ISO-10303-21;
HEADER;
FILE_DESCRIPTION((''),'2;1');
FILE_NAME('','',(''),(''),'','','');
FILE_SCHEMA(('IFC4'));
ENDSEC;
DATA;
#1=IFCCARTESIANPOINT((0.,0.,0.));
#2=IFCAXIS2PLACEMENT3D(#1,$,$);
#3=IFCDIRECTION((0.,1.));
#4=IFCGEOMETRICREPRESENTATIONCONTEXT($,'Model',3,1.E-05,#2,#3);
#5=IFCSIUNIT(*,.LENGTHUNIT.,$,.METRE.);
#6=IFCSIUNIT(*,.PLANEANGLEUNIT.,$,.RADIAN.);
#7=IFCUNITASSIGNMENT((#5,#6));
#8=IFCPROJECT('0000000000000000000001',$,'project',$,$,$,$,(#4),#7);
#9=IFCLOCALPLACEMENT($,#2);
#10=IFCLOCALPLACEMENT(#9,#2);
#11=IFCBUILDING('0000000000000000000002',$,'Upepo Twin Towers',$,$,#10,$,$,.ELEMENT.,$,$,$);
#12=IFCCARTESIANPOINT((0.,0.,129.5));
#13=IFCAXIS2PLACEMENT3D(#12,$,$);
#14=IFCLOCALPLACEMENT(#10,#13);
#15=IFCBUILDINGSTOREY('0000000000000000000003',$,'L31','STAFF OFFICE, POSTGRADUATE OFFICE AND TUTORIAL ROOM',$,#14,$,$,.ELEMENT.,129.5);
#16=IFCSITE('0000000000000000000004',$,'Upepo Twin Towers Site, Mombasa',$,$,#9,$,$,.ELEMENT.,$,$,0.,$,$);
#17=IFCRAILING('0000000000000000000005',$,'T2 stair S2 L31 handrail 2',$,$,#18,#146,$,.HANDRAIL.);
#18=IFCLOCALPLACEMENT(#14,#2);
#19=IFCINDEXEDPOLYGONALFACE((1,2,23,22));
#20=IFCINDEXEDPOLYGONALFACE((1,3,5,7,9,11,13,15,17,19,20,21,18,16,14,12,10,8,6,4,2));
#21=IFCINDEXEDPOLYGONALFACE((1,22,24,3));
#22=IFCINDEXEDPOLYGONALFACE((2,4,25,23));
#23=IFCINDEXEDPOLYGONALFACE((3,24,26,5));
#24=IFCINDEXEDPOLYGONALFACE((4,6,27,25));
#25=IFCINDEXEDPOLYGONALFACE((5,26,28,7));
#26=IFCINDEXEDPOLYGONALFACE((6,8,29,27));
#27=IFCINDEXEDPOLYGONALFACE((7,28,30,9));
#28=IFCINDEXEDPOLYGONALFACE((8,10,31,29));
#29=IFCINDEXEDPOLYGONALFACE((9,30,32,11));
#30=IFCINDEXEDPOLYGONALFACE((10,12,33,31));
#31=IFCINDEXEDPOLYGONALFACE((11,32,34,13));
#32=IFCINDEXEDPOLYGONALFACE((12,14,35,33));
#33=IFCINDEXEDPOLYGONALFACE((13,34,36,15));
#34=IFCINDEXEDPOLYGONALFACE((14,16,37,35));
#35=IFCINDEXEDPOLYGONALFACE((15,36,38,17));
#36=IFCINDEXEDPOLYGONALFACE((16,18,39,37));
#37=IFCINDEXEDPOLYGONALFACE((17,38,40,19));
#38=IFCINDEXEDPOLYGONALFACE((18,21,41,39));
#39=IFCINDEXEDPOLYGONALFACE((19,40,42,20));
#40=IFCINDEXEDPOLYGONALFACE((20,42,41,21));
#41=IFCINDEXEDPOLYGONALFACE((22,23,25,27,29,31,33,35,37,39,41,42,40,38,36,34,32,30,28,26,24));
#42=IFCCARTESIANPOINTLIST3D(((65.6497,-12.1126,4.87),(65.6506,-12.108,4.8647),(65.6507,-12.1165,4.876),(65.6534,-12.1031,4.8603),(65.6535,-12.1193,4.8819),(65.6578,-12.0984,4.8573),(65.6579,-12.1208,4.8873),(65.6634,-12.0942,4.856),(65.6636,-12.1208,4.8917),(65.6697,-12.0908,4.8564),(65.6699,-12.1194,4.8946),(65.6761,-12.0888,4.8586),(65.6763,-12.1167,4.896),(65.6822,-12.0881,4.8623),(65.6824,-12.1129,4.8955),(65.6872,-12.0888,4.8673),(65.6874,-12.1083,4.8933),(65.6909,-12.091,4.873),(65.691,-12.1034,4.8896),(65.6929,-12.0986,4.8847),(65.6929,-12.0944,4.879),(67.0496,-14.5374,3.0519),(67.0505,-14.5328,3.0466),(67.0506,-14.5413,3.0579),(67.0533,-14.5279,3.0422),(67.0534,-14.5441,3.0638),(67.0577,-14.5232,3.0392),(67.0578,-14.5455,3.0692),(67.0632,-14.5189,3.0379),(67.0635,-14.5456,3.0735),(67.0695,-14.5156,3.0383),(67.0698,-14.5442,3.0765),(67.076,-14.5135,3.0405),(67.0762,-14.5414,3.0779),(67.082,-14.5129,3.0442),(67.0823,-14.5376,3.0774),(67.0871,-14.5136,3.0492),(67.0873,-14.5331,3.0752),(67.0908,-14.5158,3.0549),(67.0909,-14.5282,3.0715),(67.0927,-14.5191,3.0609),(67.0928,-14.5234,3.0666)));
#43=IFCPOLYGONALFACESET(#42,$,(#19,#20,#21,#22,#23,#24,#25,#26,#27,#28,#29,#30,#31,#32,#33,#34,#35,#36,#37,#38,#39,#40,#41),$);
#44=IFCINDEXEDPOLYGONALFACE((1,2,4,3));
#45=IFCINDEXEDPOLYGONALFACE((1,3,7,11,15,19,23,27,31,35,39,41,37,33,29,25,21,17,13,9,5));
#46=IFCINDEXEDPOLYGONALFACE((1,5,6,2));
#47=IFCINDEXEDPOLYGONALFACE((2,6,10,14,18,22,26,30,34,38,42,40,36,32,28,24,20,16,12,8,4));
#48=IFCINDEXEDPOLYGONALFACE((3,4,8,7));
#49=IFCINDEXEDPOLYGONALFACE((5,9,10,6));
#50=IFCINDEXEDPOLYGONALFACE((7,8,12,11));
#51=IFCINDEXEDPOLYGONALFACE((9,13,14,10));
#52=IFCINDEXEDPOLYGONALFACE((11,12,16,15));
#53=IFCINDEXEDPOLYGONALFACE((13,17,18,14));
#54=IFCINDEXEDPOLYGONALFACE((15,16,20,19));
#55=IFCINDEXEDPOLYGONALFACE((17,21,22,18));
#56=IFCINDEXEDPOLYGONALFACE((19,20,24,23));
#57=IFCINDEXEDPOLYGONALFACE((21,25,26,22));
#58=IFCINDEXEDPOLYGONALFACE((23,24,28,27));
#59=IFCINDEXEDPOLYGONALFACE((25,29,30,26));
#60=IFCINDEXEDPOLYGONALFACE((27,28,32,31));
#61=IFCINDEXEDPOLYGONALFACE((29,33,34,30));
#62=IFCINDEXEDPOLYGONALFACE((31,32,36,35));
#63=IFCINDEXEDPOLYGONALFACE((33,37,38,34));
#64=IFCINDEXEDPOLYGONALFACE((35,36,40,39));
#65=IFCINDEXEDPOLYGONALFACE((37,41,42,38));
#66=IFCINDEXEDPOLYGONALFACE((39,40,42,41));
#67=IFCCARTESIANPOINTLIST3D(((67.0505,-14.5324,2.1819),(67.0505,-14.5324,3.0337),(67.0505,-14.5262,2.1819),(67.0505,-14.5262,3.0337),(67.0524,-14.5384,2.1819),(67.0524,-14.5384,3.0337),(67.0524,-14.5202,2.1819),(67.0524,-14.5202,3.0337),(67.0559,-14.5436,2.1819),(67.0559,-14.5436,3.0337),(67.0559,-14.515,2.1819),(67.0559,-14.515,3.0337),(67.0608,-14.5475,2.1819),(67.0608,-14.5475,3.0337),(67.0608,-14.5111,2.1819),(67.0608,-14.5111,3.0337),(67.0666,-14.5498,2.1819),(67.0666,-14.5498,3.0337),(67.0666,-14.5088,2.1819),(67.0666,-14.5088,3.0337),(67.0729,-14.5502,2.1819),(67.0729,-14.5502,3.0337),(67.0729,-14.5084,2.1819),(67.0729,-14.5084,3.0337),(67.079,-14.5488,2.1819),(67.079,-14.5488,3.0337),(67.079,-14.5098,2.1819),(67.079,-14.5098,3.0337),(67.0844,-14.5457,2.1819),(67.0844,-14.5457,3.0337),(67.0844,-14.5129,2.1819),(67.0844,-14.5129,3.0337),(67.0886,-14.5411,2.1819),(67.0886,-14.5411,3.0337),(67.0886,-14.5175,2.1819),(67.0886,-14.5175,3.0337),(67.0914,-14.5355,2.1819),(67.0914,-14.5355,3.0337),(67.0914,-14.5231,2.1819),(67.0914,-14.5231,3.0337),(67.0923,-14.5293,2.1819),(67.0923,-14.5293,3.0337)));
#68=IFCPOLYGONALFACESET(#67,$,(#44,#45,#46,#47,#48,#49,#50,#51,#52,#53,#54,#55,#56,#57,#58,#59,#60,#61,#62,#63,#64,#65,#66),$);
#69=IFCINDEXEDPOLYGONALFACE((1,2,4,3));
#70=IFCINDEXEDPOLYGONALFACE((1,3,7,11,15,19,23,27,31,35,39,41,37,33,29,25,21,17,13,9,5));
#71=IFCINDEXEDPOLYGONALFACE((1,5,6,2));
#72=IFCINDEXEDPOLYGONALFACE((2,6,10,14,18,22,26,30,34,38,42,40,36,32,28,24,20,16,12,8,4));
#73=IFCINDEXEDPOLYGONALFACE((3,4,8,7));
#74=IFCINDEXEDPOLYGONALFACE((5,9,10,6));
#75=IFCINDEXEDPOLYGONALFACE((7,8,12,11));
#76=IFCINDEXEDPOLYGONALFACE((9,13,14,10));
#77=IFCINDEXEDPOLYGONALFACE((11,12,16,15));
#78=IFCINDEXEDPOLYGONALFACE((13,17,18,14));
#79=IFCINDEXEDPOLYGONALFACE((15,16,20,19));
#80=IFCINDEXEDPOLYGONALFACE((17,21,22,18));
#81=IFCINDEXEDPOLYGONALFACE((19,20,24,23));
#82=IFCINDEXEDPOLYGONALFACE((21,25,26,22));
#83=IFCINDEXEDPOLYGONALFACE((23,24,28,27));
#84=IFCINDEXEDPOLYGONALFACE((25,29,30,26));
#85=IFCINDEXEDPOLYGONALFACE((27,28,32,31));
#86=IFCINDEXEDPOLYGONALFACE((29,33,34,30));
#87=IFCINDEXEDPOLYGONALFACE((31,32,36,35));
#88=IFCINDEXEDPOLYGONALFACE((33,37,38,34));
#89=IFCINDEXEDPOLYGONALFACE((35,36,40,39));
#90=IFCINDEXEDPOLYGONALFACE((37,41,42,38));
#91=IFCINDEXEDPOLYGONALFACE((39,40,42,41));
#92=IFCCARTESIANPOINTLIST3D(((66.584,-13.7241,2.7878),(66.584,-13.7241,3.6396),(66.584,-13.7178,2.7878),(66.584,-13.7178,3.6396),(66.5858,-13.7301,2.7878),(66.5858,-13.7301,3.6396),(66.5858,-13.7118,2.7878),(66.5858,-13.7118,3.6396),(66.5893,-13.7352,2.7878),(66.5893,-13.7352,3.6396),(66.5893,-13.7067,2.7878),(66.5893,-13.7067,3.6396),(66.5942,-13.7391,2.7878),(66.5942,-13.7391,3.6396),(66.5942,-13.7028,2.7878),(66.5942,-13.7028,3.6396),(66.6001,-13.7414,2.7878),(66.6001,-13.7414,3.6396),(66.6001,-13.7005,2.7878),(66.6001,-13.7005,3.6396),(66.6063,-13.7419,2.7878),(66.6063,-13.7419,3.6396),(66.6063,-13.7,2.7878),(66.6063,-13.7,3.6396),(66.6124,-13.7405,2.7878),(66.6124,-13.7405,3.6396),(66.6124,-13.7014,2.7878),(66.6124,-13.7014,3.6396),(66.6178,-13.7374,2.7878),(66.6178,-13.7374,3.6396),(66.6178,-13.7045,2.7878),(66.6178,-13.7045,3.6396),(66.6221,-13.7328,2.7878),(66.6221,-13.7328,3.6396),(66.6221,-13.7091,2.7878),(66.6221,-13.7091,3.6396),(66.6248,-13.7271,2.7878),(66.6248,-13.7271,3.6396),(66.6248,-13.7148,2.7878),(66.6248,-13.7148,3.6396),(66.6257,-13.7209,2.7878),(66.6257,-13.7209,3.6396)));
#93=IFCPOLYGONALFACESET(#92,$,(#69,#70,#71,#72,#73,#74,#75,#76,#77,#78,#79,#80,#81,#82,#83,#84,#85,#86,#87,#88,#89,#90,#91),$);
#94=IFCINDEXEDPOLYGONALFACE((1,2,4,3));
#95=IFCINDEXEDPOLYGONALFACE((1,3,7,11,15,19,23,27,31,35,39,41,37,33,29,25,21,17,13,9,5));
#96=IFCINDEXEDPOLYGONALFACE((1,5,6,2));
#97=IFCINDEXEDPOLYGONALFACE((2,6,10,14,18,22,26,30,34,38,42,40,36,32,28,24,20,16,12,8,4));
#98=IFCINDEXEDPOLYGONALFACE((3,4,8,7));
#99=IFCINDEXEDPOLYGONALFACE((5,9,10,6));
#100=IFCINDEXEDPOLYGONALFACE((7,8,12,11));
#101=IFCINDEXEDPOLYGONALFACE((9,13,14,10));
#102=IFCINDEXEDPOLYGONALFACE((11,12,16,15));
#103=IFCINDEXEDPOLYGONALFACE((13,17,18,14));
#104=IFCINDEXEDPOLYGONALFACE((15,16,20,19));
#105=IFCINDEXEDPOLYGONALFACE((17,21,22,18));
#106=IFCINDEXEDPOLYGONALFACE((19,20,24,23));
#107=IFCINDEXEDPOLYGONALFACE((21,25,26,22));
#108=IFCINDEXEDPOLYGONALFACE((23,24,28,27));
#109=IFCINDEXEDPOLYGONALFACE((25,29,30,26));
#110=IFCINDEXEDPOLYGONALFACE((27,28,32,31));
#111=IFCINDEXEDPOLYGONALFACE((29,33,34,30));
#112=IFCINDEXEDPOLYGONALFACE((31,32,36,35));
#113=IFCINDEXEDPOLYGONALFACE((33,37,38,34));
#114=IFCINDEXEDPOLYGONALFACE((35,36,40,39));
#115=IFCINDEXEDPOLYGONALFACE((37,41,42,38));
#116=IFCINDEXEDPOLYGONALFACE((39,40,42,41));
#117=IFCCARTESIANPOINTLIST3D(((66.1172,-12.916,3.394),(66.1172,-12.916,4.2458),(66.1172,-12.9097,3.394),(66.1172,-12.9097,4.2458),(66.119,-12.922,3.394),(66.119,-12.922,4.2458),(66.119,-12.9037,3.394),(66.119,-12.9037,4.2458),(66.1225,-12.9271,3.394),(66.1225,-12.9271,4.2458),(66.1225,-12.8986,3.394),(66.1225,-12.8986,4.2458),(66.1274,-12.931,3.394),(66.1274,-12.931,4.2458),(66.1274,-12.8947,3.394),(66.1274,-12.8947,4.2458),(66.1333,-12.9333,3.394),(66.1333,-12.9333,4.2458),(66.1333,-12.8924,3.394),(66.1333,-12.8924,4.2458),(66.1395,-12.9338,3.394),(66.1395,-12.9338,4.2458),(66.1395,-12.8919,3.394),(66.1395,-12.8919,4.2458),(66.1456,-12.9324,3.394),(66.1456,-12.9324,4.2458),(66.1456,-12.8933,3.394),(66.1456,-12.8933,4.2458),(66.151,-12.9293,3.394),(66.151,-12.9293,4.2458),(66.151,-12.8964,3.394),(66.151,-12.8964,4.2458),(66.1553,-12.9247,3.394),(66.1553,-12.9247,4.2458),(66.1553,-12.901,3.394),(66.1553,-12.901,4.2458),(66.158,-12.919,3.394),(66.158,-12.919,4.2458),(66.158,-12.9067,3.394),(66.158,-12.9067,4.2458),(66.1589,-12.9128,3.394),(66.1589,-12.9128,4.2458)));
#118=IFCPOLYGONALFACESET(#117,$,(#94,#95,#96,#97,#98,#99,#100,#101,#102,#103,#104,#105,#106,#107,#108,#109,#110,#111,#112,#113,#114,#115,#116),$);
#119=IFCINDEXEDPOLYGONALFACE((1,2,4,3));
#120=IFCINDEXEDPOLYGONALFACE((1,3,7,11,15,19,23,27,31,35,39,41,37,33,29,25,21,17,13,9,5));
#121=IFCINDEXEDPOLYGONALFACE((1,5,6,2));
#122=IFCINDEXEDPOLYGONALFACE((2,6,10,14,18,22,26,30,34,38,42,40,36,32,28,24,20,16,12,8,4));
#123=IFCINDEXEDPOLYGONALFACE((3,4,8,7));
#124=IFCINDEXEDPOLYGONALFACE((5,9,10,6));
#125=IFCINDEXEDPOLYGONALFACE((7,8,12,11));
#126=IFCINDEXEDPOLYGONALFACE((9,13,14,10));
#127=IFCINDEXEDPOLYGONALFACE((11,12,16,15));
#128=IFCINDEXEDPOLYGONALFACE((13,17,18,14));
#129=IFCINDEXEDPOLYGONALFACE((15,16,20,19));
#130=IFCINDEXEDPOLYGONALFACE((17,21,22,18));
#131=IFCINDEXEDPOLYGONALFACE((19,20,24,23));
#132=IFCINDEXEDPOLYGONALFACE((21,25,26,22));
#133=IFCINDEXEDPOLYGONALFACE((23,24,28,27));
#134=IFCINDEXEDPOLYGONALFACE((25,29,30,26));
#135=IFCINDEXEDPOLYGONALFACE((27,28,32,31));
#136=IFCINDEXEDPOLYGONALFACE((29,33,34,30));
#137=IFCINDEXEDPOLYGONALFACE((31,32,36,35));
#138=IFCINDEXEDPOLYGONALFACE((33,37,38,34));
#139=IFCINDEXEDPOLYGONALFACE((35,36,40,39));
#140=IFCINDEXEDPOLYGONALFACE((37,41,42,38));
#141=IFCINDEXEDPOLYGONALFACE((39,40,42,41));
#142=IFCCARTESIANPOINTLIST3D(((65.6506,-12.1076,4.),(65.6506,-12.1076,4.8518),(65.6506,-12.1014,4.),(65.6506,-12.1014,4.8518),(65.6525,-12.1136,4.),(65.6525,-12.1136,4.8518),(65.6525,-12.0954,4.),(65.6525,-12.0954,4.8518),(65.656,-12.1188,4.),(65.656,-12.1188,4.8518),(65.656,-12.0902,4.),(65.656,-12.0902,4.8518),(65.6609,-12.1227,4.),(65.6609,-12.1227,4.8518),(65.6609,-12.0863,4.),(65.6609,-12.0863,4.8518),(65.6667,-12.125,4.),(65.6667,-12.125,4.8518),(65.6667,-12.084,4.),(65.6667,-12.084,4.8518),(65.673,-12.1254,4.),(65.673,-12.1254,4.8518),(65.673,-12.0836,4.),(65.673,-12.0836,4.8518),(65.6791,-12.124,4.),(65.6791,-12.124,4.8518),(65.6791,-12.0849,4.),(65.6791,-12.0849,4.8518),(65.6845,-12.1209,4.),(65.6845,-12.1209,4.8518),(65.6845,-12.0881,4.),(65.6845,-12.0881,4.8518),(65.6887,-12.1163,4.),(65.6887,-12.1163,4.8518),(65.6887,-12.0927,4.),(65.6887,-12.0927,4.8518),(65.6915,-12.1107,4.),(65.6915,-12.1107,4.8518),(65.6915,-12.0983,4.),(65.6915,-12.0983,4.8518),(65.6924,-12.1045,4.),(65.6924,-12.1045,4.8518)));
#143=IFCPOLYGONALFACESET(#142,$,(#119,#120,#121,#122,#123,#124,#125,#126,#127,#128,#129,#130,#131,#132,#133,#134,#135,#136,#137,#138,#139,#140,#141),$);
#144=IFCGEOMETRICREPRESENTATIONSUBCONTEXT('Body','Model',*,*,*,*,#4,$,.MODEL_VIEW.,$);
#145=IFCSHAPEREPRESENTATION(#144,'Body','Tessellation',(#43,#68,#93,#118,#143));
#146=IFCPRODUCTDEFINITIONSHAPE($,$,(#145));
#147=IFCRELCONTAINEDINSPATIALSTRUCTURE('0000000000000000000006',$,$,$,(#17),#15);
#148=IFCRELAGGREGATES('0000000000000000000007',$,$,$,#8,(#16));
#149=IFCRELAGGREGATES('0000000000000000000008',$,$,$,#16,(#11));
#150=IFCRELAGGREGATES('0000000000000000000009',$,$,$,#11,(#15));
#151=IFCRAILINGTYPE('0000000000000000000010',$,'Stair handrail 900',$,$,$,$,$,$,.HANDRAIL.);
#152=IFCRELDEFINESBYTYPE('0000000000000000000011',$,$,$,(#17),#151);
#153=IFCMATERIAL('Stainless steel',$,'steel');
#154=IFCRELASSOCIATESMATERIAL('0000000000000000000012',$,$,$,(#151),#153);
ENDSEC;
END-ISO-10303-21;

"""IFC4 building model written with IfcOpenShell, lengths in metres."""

from ifc_helpers import new_model, si_unit, direction, frame, origin, origin_2d, place, context, subcontext, project, spatial, circle, extrude, material, type_object, element, save


model = new_model("IFC4")

# Units and contexts
model_context = context("Model", 3, precision=1e-05, world=origin(), true_north=direction((0.0, 1.0)))
body_context = subcontext(model_context, "Body", "Model", "MODEL_VIEW")
ifc_project = project(units=[si_unit("LENGTHUNIT", "METRE"), si_unit("PLANEANGLEUNIT", "RADIAN")], contexts=[model_context])

# Site, building, storey
site_placement = place(None, origin())
site = spatial("IfcSite", under=ifc_project, at=site_placement, Name="Upepo Twin Towers Site, Mombasa", CompositionType="ELEMENT", RefElevation=0.0)
building_placement = place(site_placement, origin())
building = spatial("IfcBuilding", under=site, at=building_placement, Name="Upepo Twin Towers", CompositionType="ELEMENT")
storey_placement = place(building_placement, frame((0.0, 0.0, 129.5)))
storey = spatial("IfcBuildingStorey", under=building, at=storey_placement, Name="L31", Description="STAFF OFFICE, POSTGRADUATE OFFICE AND TUTORIAL ROOM", CompositionType="ELEMENT", Elevation=129.5)

# Railing
ifc_material_1 = material(Name="Stainless steel", Category="steel")
railing_type = type_object("IfcRailingType", Name="Stair handrail 900", PredefinedType="HANDRAIL", material=ifc_material_1)
railing_1_placement = place(storey_placement, frame((67.0713, -14.5293, 2.1819)))
element("IfcRailing", 1, at=railing_1_placement, inside=storey, type_object=railing_type, Name="T2 stair S2 L31 handrail 2", PredefinedType="HANDRAIL", context=body_context, shape_type="SweptSolid", body=[
    extrude(circle(Radius=0.0239, at=origin_2d()), frame((0.0, 0.0, 0.876), z_axis=(-0.419333, 0.726336, 0.544606), x_axis=(-0.866035, -0.499984, 0.0)), (0.0, 0.0, 1.0), 3.3384),
    extrude(circle(Radius=0.021, at=origin_2d()), origin(), (0.0, 0.0, 1.0), 0.8518),
    extrude(circle(Radius=0.021, at=origin_2d()), frame((-0.4666, 0.8083, 0.606)), (0.0, 0.0, 1.0), 0.8518),
    extrude(circle(Radius=0.021, at=origin_2d()), frame((-0.9333, 1.6165, 1.2122)), (0.0, 0.0, 1.0), 0.8518),
    extrude(circle(Radius=0.021, at=origin_2d()), frame((-1.3999, 2.4248, 1.8181)), (0.0, 0.0, 1.0), 0.8518),
])

save(model, "model.ifc")
